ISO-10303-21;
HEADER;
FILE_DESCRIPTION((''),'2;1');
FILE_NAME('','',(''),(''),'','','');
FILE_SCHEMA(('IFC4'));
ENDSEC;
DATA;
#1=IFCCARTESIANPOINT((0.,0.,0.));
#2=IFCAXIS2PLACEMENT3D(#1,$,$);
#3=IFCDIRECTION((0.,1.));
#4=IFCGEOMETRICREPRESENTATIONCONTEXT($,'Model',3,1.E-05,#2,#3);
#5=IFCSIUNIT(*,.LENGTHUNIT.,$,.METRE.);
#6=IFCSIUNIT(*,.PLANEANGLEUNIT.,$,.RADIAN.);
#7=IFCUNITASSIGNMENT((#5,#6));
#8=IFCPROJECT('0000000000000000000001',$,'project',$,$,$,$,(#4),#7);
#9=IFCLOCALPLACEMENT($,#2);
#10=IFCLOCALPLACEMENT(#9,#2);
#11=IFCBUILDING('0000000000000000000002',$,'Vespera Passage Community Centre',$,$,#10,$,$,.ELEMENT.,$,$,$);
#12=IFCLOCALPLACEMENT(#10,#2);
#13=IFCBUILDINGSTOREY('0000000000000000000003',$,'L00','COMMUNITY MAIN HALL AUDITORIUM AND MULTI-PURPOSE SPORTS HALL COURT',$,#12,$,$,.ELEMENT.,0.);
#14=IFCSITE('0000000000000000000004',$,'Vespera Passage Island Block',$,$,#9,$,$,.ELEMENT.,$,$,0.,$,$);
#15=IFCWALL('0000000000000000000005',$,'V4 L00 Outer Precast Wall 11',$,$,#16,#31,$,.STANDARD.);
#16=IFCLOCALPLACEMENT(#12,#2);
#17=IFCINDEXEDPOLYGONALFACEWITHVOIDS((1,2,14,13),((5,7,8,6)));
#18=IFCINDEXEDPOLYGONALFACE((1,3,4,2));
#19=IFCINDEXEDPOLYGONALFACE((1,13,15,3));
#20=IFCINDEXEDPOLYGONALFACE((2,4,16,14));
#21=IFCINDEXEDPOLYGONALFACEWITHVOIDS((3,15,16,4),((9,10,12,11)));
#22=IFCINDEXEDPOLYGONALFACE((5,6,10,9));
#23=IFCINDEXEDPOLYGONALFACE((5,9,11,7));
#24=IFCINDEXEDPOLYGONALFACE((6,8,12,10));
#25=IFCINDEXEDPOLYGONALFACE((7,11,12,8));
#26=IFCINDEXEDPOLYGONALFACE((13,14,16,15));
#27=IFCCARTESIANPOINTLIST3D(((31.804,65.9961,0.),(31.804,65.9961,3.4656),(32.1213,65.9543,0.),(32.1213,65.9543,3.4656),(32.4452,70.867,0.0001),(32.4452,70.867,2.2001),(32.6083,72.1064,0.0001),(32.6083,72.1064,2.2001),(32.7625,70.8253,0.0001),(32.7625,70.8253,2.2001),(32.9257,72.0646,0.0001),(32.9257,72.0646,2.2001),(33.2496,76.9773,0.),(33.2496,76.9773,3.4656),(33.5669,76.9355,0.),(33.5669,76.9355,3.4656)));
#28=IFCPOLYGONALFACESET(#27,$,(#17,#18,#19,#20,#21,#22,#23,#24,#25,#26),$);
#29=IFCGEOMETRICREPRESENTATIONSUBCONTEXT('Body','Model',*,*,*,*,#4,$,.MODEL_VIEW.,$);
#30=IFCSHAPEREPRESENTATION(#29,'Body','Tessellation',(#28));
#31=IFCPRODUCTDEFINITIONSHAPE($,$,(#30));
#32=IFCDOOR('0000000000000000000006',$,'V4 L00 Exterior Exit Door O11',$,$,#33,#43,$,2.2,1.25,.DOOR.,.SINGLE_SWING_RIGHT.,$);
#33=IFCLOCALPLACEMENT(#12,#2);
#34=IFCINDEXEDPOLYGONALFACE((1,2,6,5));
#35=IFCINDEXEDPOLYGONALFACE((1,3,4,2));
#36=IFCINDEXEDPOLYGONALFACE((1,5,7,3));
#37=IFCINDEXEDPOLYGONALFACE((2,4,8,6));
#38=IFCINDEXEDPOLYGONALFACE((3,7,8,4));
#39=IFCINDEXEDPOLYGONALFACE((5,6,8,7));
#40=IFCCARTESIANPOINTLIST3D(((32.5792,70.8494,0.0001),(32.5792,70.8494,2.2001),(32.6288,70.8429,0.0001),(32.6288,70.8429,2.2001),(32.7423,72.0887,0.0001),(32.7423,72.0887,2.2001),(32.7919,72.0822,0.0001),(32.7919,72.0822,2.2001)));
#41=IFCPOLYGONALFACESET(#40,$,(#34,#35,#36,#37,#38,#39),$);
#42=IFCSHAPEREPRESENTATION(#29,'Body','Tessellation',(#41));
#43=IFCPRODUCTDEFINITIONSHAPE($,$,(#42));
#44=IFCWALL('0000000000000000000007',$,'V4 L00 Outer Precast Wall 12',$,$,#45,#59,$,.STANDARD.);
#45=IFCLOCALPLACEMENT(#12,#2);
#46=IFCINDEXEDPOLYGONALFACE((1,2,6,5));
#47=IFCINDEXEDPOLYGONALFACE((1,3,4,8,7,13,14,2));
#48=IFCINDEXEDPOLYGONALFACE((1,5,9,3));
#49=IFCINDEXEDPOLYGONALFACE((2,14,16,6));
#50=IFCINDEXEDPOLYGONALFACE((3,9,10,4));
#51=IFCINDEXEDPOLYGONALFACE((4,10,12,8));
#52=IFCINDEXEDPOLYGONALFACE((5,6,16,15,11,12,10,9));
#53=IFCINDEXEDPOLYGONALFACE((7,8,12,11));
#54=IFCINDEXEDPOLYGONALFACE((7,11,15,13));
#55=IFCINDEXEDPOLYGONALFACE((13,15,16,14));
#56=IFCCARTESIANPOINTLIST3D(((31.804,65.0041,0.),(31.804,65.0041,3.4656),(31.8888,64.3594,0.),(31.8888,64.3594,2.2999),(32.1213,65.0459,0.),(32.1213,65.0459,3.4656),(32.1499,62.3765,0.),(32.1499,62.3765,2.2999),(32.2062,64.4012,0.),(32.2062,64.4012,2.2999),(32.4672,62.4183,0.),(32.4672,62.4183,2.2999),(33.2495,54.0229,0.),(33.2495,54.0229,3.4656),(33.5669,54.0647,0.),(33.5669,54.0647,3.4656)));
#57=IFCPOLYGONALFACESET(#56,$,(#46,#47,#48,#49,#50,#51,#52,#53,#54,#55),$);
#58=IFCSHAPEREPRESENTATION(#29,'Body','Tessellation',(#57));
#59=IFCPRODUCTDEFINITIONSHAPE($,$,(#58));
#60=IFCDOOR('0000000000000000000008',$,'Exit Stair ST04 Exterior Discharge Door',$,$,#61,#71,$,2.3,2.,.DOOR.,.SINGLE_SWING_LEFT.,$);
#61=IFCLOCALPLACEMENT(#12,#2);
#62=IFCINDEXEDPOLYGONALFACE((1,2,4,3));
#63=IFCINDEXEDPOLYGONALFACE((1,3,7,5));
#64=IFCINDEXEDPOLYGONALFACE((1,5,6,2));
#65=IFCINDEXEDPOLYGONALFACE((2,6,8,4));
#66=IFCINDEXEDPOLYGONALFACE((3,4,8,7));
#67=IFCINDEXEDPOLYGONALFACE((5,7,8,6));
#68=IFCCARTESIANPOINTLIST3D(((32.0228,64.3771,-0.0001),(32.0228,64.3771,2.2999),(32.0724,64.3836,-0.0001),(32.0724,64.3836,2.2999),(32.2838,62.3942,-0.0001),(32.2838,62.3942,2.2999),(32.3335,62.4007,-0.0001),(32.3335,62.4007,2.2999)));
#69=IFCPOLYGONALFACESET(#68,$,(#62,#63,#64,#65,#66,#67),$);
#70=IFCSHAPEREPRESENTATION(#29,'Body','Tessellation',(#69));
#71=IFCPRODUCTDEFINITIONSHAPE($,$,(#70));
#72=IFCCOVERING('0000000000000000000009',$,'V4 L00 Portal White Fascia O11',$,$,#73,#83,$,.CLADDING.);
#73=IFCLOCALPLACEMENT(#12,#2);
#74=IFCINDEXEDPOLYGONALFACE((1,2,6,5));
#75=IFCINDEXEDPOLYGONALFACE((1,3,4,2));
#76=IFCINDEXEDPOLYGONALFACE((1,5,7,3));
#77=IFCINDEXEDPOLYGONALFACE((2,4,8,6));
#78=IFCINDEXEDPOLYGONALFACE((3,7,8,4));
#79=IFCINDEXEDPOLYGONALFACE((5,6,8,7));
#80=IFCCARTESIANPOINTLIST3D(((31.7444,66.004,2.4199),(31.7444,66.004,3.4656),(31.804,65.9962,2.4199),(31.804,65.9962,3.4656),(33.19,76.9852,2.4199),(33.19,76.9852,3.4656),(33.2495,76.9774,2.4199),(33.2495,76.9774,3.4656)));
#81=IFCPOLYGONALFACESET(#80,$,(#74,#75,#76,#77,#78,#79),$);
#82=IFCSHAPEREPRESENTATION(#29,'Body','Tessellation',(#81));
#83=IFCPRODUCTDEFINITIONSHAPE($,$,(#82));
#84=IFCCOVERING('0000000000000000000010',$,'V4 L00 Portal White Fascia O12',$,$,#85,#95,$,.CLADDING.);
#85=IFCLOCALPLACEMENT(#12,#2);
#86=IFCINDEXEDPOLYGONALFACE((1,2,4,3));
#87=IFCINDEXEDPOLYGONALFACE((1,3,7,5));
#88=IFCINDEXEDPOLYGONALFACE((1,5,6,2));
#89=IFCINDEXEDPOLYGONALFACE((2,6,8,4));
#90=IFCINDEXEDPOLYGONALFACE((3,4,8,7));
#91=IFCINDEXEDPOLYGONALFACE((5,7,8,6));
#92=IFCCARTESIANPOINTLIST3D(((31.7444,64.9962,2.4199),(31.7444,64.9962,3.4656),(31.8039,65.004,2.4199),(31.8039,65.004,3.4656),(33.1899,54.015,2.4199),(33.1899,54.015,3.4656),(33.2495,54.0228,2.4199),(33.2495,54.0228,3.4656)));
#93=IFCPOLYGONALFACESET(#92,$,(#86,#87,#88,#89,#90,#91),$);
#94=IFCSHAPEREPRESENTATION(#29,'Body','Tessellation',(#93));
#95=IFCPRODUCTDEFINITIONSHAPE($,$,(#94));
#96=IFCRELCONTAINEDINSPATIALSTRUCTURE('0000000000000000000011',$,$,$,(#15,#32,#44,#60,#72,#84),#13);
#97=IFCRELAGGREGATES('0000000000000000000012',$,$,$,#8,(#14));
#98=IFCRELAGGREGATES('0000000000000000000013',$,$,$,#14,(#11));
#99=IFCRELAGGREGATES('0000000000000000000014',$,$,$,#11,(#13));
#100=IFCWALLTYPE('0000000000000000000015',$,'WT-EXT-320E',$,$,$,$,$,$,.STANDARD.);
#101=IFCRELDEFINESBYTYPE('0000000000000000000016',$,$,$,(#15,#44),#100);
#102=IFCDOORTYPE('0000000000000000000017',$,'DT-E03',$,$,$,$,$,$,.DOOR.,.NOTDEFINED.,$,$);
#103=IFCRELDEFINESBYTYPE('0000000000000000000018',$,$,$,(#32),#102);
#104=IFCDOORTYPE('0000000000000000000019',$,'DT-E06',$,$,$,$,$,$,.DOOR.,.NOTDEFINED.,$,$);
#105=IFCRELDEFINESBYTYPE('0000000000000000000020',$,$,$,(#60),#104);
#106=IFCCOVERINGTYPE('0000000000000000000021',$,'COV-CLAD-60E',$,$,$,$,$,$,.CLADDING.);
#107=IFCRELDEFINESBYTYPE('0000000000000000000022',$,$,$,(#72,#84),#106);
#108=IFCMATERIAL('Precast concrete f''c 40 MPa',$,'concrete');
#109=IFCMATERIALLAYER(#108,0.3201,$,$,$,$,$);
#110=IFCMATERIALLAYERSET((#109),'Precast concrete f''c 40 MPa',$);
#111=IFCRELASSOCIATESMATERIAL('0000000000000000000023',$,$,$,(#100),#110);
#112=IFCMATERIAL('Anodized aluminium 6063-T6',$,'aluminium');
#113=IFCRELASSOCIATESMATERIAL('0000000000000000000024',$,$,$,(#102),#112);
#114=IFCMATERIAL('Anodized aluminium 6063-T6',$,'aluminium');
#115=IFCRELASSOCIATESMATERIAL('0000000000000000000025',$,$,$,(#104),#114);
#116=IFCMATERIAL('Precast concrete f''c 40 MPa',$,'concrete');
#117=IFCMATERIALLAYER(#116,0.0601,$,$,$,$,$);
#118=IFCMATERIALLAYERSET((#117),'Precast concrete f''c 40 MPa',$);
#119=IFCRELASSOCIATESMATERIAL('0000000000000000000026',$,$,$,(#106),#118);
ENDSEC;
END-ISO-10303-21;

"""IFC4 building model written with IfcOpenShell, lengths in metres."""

from ifc_helpers import new_model, si_unit, direction, frame, frame_2d, origin, place, context, subcontext, project, spatial, rectangle, extrude, material, layer, layer_set, type_object, element, fill, save


model = new_model("IFC4")

# Units and contexts
model_context = context("Model", 3, precision=1e-05, world=origin(), true_north=direction((0.0, 1.0)))
body_context = subcontext(model_context, "Body", "Model", "MODEL_VIEW")
ifc_project = project(units=[si_unit("LENGTHUNIT", "METRE"), si_unit("PLANEANGLEUNIT", "RADIAN")], contexts=[model_context])

# Site, building, storey
site_placement = place(None, origin())
site = spatial("IfcSite", under=ifc_project, at=site_placement, Name="Vespera Passage Island Block", CompositionType="ELEMENT", RefElevation=0.0)
building_placement = place(site_placement, origin())
building = spatial("IfcBuilding", under=site, at=building_placement, Name="Vespera Passage Community Centre", CompositionType="ELEMENT")
storey_placement = place(building_placement, origin())
storey = spatial("IfcBuildingStorey", under=building, at=storey_placement, Name="L00", Description="COMMUNITY MAIN HALL AUDITORIUM AND MULTI-PURPOSE SPORTS HALL COURT", CompositionType="ELEMENT", Elevation=0.0)

# Walls, openings, doors
ifc_material_1 = material(Name="Precast concrete f'c 40 MPa", Category="concrete")
ifc_layer_1 = layer(ifc_material_1, 0.3201)
ifc_layer_set_1 = layer_set([ifc_layer_1], Name="Precast concrete f'c 40 MPa")
wall_type_1 = type_object("IfcWallType", Name="WT-EXT-320E", PredefinedType="STANDARD", material=ifc_layer_set_1)
wall_1_placement = place(storey_placement, frame((31.9626, 65.9751, 0.0), z_axis=(0.0, 0.0, 1.0), x_axis=(0.130513, 0.991447, 0.0)))
wall_1 = element("IfcWall", 1, at=wall_1_placement, inside=storey, type_object=wall_type_1, Name="V4 L00 Outer Precast Wall 11", PredefinedType="STANDARD", context=body_context, shape_type="SweptSolid", body=[
    extrude(rectangle(XDim=11.0759, YDim=0.3201, at=frame_2d((5.5381, 0.0))), origin(), (0.0, 0.0, 1.0), 3.4656),
])
opening_1_placement = place(wall_1_placement, frame((4.9131, 0.0, 0.0)))
opening_1 = element("IfcOpeningElement", 2, at=opening_1_placement, cuts=wall_1, PredefinedType="OPENING", context=body_context, shape_type="SweptSolid", body=[
    extrude(rectangle(XDim=1.25, YDim=2.2, at=frame_2d((0.625, 1.1001))), frame((0.0, 0.1702, 0.0), z_axis=(0.0, -1.0, 0.0), x_axis=(1.0, 0.0, 0.0)), (0.0, 0.0, 1.0), 0.3401),
])
ifc_material_2 = material(Name="Anodized aluminium 6063-T6", Category="aluminium")
door_type_1 = type_object("IfcDoorType", Name="DT-E03", OperationType="NOTDEFINED", PredefinedType="DOOR", material=ifc_material_2)
door_1_placement = place(opening_1_placement, origin())
door_1 = element("IfcDoor", 3, at=door_1_placement, inside=storey, type_object=door_type_1, Name="V4 L00 Exterior Exit Door O11", OperationType="SINGLE_SWING_RIGHT", OverallHeight=2.2, OverallWidth=1.25, PredefinedType="DOOR", context=body_context, shape_type="SweptSolid", body=[
    extrude(rectangle(XDim=1.25, YDim=2.2, at=frame_2d((0.625, 1.1001))), frame((0.0, 0.0249, 0.0), z_axis=(0.0, -1.0, 0.0), x_axis=(1.0, 0.0, 0.0)), (0.0, 0.0, 1.0), 0.05),
])
fill(opening_1, door_1)
wall_2_placement = place(storey_placement, frame((33.4082, 54.0437, 0.0), z_axis=(0.0, 0.0, 1.0), x_axis=(-0.130513, 0.991447, 0.0)))
wall_2 = element("IfcWall", 4, at=wall_2_placement, inside=storey, type_object=wall_type_1, Name="V4 L00 Outer Precast Wall 12", PredefinedType="STANDARD", context=body_context, shape_type="SweptSolid", body=[
    extrude(rectangle(XDim=11.0759, YDim=0.3201, at=frame_2d((5.5381, 0.0))), origin(), (0.0, 0.0, 1.0), 3.4656),
])
opening_2_placement = place(wall_2_placement, frame((8.4258, 0.0, 0.0)))
opening_2 = element("IfcOpeningElement", 5, at=opening_2_placement, cuts=wall_2, PredefinedType="OPENING", context=body_context, shape_type="SweptSolid", body=[
    extrude(rectangle(XDim=2.0, YDim=2.3, at=frame_2d((1.0, 1.1499))), frame((0.0, 0.1702, 0.0), z_axis=(0.0, -1.0, 0.0), x_axis=(1.0, 0.0, 0.0)), (0.0, 0.0, 1.0), 0.3401),
])
ifc_material_3 = material(Name="Anodized aluminium 6063-T6", Category="aluminium")
door_type_2 = type_object("IfcDoorType", Name="DT-E06", OperationType="NOTDEFINED", PredefinedType="DOOR", material=ifc_material_3)
door_2_placement = place(opening_2_placement, origin())
door_2 = element("IfcDoor", 6, at=door_2_placement, inside=storey, type_object=door_type_2, Name="Exit Stair ST04 Exterior Discharge Door", OperationType="SINGLE_SWING_LEFT", OverallHeight=2.3, OverallWidth=2.0, PredefinedType="DOOR", context=body_context, shape_type="SweptSolid", body=[
    extrude(rectangle(XDim=2.0, YDim=2.3, at=frame_2d((1.0, 1.1499))), frame((0.0, 0.0249, 0.0), z_axis=(0.0, -1.0, 0.0), x_axis=(1.0, 0.0, 0.0)), (0.0, 0.0, 1.0), 0.05),
])
fill(opening_2, door_2)

# Coverings
ifc_material_4 = material(Name="Precast concrete f'c 40 MPa", Category="concrete")
ifc_layer_2 = layer(ifc_material_4, 0.0601)
ifc_layer_set_2 = layer_set([ifc_layer_2], Name="Precast concrete f'c 40 MPa")
covering_type = type_object("IfcCoveringType", Name="COV-CLAD-60E", PredefinedType="CLADDING", material=ifc_layer_set_2)
for number, where, z_axis, x_axis, name in (
    (7, (31.7742, 66.0, 2.4199), (0.0, 0.0, 1.0), (0.130513, 0.991447, 0.0), "V4 L00 Portal White Fascia O11"),
    (8, (33.2197, 54.0188, 2.4199), (0.0, 0.0, 1.0), (-0.130513, 0.991447, 0.0), "V4 L00 Portal White Fascia O12"),
):
    element("IfcCovering", number, at=place(storey_placement, frame(where, z_axis=z_axis, x_axis=x_axis)), inside=storey, type_object=covering_type, Name=name, PredefinedType="CLADDING", context=body_context, shape_type="SweptSolid", body=[
        extrude(rectangle(XDim=11.0759, YDim=0.0601, at=frame_2d((5.5381, 0.0))), origin(), (0.0, 0.0, 1.0), 1.0457),
    ])

save(model, "model.ifc")
